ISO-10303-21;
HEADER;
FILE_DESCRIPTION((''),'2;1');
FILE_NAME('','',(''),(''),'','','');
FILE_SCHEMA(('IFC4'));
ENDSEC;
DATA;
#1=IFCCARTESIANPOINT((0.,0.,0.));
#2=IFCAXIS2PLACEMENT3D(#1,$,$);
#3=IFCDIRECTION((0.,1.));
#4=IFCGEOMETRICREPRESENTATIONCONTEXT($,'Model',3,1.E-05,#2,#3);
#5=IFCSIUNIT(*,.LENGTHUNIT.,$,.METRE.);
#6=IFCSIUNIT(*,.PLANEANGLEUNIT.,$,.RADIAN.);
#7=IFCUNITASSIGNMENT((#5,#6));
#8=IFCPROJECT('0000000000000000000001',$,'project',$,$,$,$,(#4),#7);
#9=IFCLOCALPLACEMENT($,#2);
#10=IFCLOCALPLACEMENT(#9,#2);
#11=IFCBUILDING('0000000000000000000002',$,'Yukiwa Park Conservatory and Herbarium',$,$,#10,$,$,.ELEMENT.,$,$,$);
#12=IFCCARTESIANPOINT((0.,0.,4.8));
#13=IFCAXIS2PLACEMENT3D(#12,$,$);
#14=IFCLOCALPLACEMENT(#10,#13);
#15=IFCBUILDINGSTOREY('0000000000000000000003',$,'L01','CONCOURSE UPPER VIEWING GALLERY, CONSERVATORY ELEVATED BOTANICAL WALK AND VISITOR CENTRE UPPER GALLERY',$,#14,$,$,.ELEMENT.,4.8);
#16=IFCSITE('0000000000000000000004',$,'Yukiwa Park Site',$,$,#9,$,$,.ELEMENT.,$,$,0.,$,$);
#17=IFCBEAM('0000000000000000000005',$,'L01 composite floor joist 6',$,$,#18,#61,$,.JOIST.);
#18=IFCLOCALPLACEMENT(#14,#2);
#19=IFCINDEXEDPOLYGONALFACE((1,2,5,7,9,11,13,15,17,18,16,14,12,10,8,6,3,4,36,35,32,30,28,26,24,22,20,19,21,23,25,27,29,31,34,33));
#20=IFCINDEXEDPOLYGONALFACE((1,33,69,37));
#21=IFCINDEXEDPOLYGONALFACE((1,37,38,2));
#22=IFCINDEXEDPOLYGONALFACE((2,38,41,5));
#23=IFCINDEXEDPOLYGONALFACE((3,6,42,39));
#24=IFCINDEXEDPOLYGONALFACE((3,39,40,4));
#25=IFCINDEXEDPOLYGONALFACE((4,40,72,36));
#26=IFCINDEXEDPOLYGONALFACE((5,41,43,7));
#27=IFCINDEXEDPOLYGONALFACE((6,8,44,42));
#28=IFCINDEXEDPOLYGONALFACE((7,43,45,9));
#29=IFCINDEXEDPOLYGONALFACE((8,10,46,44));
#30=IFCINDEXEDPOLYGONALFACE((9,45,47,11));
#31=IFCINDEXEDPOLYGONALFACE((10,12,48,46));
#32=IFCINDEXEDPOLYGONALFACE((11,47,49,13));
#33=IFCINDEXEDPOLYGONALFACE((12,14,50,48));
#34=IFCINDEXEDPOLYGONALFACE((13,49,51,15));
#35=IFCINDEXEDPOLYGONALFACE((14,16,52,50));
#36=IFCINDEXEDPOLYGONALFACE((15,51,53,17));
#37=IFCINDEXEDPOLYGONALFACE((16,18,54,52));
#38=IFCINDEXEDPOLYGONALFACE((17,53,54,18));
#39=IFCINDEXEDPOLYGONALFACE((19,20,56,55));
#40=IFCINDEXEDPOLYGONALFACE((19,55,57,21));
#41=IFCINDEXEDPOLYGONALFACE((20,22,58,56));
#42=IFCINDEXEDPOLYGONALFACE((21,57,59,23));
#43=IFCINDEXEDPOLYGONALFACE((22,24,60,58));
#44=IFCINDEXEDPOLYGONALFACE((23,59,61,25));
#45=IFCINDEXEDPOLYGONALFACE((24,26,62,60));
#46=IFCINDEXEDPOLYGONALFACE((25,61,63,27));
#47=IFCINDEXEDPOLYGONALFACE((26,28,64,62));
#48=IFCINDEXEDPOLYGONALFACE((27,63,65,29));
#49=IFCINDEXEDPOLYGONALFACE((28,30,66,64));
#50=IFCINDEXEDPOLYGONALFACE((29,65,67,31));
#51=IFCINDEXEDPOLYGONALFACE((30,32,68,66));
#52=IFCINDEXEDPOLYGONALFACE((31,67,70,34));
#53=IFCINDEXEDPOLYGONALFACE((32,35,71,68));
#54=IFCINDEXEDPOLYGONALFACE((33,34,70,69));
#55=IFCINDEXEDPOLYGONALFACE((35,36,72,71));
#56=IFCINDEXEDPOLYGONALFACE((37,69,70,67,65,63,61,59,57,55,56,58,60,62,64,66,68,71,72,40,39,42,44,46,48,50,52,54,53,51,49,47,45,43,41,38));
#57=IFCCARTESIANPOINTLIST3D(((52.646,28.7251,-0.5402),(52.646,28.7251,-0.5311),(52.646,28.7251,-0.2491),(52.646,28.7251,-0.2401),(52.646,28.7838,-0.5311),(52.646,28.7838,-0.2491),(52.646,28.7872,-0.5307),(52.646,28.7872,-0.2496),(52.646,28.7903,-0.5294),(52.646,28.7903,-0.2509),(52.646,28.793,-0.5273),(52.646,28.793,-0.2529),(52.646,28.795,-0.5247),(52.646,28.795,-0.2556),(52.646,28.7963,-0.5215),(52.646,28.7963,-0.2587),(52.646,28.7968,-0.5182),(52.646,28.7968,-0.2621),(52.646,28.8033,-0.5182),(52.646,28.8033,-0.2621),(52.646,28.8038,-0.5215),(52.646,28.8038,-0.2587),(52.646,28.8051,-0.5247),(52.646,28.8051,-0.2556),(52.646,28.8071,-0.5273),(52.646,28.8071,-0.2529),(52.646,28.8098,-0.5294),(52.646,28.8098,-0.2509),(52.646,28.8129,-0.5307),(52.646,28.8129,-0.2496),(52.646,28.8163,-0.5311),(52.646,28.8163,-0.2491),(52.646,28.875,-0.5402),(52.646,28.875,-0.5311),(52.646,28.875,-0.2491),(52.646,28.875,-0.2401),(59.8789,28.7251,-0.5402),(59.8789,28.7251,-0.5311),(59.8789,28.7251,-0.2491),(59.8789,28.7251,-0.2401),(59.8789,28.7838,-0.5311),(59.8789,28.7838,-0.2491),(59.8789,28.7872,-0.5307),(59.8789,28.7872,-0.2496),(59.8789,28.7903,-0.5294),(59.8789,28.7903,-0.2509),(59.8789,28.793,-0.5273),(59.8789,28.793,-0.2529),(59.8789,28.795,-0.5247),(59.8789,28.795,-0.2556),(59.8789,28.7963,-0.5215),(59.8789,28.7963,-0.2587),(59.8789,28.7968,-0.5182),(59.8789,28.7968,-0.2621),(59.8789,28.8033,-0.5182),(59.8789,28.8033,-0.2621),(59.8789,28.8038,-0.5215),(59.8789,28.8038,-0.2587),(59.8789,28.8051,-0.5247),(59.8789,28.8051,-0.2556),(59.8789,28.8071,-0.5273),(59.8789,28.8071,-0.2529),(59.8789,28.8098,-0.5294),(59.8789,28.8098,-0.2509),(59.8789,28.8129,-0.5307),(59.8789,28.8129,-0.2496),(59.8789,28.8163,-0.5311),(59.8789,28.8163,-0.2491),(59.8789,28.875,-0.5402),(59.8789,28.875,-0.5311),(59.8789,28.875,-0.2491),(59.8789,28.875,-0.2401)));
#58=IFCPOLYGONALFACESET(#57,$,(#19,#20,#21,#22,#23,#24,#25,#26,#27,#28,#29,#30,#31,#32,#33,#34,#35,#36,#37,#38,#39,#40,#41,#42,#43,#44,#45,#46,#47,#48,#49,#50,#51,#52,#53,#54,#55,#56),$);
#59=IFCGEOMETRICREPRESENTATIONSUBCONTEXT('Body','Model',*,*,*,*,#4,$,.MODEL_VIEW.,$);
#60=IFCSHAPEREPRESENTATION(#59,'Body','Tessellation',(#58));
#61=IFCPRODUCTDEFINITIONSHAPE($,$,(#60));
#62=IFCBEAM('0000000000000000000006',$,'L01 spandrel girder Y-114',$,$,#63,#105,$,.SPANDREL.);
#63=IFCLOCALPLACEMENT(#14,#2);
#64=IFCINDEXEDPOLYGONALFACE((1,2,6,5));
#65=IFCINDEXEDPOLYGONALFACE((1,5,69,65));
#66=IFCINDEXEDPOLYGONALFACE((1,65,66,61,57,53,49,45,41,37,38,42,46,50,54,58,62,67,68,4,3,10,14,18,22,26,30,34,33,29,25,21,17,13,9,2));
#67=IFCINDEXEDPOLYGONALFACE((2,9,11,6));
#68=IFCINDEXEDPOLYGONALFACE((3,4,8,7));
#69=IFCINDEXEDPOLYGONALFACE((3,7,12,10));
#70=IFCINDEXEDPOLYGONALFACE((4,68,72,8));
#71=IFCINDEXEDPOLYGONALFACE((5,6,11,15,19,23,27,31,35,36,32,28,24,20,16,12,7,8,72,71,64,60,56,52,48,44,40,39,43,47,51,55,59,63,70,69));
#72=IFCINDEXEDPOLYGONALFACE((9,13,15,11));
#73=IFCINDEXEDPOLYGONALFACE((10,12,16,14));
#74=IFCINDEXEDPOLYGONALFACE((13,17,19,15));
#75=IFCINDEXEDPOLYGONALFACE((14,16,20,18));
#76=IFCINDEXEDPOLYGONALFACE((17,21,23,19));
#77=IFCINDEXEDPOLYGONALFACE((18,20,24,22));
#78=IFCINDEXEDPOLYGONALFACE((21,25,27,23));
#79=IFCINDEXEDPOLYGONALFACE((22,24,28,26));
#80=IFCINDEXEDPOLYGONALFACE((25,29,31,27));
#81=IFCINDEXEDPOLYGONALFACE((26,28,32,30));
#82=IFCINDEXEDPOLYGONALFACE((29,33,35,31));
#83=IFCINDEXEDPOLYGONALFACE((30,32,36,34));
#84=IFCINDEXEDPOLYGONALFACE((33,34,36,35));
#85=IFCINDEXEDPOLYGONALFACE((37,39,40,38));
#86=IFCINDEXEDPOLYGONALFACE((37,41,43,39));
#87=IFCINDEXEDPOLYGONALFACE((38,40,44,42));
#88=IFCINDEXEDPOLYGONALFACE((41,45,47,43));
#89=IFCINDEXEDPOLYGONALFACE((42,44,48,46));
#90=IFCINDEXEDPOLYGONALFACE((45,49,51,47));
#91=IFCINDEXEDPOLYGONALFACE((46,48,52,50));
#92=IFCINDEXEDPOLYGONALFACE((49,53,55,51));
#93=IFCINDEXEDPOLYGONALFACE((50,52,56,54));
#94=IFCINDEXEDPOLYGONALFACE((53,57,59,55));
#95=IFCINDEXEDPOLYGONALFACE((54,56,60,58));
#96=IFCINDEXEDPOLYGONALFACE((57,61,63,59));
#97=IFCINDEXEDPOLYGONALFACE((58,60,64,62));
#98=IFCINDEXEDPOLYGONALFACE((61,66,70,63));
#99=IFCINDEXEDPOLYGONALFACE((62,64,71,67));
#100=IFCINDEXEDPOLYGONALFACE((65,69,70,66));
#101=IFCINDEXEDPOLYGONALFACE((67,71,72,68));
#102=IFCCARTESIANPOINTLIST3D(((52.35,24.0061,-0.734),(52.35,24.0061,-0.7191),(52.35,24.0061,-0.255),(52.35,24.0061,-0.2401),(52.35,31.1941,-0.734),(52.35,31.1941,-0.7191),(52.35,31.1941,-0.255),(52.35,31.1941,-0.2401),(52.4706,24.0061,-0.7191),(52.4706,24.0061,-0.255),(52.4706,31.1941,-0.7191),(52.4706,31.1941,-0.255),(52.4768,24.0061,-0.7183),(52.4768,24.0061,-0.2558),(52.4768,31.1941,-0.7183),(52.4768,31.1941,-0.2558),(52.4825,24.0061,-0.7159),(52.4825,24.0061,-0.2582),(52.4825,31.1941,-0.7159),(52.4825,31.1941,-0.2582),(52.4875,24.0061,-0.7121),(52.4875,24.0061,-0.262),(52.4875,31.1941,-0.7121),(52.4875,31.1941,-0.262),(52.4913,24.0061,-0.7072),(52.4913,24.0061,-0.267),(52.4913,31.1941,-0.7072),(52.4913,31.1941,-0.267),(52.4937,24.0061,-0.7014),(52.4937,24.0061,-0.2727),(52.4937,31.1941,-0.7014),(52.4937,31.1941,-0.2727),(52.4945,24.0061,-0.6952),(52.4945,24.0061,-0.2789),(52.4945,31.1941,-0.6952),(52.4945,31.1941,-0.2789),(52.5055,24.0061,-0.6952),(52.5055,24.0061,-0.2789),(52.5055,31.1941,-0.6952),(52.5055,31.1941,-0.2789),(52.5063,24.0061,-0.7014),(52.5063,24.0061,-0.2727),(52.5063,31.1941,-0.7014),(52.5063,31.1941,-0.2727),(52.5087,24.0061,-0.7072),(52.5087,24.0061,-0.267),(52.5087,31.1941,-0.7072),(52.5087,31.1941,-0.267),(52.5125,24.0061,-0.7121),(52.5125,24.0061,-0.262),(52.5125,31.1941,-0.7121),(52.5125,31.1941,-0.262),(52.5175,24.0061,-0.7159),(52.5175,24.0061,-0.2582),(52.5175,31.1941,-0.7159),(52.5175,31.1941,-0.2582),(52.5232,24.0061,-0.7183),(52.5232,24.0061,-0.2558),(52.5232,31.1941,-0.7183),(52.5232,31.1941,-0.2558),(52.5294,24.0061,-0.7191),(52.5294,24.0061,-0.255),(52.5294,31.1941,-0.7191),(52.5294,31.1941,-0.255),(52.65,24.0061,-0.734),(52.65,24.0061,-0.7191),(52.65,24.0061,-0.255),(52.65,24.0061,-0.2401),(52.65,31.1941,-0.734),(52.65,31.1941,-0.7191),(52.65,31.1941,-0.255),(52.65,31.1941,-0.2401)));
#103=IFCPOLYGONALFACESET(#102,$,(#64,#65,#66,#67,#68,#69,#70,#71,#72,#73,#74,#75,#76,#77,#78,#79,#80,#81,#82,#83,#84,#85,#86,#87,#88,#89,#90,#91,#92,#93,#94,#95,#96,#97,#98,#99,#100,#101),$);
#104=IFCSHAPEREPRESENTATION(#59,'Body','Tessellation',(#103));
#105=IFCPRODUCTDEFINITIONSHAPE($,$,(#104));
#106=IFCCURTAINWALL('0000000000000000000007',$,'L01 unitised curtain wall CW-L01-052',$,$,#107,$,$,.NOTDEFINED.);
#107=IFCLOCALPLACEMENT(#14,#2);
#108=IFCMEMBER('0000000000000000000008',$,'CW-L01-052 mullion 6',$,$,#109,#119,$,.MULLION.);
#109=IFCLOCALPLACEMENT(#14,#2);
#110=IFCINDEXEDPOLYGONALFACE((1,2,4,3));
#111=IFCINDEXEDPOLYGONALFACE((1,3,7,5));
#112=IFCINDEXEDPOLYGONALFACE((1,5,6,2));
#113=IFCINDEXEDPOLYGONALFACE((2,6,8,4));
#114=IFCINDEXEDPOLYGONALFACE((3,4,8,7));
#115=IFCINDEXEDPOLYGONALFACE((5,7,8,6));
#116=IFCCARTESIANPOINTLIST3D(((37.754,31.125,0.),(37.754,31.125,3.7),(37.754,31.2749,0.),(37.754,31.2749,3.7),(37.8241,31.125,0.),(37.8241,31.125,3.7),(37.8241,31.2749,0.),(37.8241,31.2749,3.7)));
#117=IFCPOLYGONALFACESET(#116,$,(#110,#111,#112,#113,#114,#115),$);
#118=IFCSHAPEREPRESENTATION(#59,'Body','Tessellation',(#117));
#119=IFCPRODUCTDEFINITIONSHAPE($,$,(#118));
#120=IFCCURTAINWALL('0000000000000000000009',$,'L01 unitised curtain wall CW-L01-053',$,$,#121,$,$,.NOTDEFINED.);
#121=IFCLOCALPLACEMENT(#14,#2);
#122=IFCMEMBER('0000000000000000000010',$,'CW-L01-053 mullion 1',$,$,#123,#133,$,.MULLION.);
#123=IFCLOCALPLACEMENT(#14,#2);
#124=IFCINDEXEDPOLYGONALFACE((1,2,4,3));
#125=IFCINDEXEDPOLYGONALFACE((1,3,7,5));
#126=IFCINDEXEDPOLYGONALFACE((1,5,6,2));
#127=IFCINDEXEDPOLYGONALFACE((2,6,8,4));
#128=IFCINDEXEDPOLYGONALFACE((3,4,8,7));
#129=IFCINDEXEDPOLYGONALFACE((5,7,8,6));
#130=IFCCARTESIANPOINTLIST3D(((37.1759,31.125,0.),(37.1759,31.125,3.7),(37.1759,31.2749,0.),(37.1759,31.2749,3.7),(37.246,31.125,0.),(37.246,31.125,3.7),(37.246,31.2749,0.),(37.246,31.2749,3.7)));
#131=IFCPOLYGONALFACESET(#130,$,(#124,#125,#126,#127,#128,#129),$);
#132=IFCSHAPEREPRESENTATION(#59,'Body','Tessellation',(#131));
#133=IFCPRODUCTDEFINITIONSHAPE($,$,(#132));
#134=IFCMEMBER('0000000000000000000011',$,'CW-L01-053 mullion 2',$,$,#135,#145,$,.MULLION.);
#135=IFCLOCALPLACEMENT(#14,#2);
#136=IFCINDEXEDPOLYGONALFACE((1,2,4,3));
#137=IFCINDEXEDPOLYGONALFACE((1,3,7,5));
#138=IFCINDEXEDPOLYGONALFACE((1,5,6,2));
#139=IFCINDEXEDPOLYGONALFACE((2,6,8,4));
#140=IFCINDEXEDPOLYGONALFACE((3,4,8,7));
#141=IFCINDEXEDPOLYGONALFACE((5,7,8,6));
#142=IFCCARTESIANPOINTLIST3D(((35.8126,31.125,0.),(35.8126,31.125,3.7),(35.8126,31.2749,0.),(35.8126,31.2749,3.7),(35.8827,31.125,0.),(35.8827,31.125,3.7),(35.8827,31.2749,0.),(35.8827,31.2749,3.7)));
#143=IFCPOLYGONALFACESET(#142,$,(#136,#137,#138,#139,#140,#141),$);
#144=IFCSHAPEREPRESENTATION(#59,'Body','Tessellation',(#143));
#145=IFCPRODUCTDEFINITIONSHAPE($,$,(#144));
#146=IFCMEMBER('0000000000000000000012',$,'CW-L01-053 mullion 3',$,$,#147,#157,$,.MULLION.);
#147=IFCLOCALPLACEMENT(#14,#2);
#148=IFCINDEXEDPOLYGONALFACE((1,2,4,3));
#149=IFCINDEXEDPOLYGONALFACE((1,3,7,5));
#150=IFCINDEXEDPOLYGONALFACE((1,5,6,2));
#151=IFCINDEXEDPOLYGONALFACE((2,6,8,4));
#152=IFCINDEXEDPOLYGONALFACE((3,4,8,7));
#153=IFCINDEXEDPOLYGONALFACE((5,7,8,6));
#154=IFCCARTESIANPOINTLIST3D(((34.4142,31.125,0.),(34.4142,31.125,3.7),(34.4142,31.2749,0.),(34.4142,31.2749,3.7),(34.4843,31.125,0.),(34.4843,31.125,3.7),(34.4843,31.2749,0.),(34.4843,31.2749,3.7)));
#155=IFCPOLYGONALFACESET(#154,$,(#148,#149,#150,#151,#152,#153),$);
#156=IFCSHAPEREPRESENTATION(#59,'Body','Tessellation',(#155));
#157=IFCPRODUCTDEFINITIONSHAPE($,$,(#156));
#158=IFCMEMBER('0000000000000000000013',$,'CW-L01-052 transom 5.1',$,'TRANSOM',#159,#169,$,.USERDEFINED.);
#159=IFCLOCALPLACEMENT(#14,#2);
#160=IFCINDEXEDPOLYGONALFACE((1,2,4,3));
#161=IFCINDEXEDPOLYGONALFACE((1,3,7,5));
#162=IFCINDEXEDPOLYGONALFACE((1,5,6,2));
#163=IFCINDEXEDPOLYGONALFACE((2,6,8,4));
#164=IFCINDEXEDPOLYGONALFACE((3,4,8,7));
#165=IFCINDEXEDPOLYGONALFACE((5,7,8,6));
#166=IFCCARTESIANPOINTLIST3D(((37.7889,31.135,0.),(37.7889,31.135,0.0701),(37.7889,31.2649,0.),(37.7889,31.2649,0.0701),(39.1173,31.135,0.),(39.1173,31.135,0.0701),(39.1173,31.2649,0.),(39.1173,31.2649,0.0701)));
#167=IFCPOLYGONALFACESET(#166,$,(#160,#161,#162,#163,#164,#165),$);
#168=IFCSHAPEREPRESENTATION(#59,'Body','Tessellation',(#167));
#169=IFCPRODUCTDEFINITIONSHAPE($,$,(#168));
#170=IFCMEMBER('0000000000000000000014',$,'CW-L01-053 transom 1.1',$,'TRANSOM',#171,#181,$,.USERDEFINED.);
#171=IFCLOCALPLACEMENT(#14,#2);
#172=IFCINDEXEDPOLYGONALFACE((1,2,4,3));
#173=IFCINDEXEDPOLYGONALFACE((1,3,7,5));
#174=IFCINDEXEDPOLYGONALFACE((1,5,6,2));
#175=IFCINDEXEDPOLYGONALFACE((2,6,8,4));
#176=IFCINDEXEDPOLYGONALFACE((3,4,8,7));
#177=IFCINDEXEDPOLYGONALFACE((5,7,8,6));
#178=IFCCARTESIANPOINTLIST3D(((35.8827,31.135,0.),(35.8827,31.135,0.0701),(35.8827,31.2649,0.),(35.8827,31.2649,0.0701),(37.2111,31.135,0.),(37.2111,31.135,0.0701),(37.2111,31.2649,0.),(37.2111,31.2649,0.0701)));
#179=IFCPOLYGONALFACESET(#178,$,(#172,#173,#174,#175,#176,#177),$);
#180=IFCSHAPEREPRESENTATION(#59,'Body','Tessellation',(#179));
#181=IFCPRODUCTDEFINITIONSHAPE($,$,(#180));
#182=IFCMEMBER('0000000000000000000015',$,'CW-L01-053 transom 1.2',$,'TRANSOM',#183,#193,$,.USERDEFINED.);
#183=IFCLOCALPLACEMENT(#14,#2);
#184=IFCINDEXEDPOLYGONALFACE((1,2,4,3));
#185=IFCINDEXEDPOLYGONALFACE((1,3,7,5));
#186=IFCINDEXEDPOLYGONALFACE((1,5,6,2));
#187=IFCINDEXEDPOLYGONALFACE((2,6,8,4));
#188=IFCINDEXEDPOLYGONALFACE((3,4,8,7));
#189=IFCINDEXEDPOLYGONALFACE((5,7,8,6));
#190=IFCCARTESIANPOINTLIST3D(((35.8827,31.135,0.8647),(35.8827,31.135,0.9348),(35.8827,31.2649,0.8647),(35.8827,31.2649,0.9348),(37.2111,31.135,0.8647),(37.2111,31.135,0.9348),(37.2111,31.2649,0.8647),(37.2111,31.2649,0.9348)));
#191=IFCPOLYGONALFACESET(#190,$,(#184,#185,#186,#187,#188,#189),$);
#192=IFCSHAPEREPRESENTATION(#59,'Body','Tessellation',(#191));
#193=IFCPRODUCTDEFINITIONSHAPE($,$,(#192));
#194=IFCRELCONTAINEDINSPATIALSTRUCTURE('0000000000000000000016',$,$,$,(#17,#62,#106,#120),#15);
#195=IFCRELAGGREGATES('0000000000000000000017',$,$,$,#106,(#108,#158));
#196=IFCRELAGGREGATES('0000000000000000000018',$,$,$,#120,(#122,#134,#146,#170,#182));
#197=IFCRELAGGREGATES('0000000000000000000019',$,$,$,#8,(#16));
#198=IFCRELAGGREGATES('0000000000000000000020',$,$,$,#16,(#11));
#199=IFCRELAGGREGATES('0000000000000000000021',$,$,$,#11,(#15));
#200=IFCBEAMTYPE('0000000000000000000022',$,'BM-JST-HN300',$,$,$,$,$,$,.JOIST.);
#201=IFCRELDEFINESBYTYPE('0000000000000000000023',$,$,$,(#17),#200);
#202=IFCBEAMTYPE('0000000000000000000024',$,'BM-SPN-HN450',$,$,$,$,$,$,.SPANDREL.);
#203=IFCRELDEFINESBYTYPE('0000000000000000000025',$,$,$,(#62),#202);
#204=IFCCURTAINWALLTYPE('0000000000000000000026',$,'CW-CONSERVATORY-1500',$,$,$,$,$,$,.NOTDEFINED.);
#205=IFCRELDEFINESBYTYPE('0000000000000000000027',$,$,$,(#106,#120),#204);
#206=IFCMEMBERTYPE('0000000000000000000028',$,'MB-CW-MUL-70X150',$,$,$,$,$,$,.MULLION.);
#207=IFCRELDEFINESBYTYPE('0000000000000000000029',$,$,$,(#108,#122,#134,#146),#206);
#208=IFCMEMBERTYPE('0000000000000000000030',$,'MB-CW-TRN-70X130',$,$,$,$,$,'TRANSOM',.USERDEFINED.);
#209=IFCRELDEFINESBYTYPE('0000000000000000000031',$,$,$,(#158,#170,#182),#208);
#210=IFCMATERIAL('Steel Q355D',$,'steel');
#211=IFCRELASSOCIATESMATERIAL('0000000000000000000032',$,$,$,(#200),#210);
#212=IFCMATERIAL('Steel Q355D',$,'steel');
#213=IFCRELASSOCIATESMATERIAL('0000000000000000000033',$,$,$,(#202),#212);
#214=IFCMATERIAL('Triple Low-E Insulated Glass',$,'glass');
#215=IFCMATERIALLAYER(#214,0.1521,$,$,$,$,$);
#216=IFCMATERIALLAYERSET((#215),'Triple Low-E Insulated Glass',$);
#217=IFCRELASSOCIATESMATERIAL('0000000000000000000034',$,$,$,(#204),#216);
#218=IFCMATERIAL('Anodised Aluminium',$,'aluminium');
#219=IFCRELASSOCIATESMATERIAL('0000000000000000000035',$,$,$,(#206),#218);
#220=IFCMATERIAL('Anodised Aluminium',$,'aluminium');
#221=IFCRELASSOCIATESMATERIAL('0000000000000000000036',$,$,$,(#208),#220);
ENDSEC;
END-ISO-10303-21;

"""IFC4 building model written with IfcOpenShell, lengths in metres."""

from ifc_helpers import new_model, si_unit, direction, frame, origin, origin_2d, place, context, subcontext, project, spatial, rectangle, i_section, extrude, material, layer, layer_set, material_profile, profile_set, type_object, element, aggregate, save


model = new_model("IFC4")

# Units and contexts
model_context = context("Model", 3, precision=1e-05, world=origin(), true_north=direction((0.0, 1.0)))
body_context = subcontext(model_context, "Body", "Model", "MODEL_VIEW")
ifc_project = project(units=[si_unit("LENGTHUNIT", "METRE"), si_unit("PLANEANGLEUNIT", "RADIAN")], contexts=[model_context])

# Site, building, storey
site_placement = place(None, origin())
site = spatial("IfcSite", under=ifc_project, at=site_placement, Name="Yukiwa Park Site", CompositionType="ELEMENT", RefElevation=0.0)
building_placement = place(site_placement, origin())
building = spatial("IfcBuilding", under=site, at=building_placement, Name="Yukiwa Park Conservatory and Herbarium", CompositionType="ELEMENT")
storey_placement = place(building_placement, frame((0.0, 0.0, 4.8)))
storey = spatial("IfcBuildingStorey", under=building, at=storey_placement, Name="L01", Description="CONCOURSE UPPER VIEWING GALLERY, CONSERVATORY ELEVATED BOTANICAL WALK AND VISITOR CENTRE UPPER GALLERY", CompositionType="ELEMENT", Elevation=4.8)

# Beams
ifc_material_1 = material(Name="Steel Q355D", Category="steel")
ifc_material_profile_1 = material_profile(ifc_material_1, i_section(OverallWidth=0.1499, OverallDepth=0.3, WebThickness=0.0066, FlangeThickness=0.009, FilletRadius=0.0129, at=origin_2d()), Name="HN 300x150x6.5x9")
ifc_profile_set_1 = profile_set([ifc_material_profile_1], Name="Steel Q355D")
beam_type_1 = type_object("IfcBeamType", Name="BM-JST-HN300", PredefinedType="JOIST", material=ifc_profile_set_1)
for number, where, z_axis, x_axis, name in (
    (1, (52.646, 28.8, -0.3901), (1.0, 0.0, 0.0), (0.0, 1.0, 0.0), "L01 composite floor joist 6"),
):
    element("IfcBeam", number, at=place(storey_placement, frame(where, z_axis=z_axis, x_axis=x_axis)), inside=storey, type_object=beam_type_1, Name=name, PredefinedType="JOIST", context=body_context, shape_type="SweptSolid", body=[
        extrude(i_section(OverallWidth=0.1499, OverallDepth=0.3, WebThickness=0.0066, FlangeThickness=0.009, FilletRadius=0.0129, at=origin_2d()), origin(), (0.0, 0.0, 1.0), 7.2329),
    ])
ifc_material_2 = material(Name="Steel Q355D", Category="steel")
ifc_material_profile_2 = material_profile(ifc_material_2, i_section(OverallWidth=0.3, OverallDepth=0.4939, WebThickness=0.011, FlangeThickness=0.0149, FilletRadius=0.0239, at=origin_2d()), Name="HM 494x300x11x15")
ifc_profile_set_2 = profile_set([ifc_material_profile_2], Name="Steel Q355D")
beam_type_2 = type_object("IfcBeamType", Name="BM-SPN-HN450", PredefinedType="SPANDREL", material=ifc_profile_set_2)
beam_1_placement = place(storey_placement, frame((52.5, 24.0061, -0.4871), z_axis=(0.0, 1.0, 0.0), x_axis=(-1.0, 0.0, 0.0)))
element("IfcBeam", 2, at=beam_1_placement, inside=storey, type_object=beam_type_2, Name="L01 spandrel girder Y-114", PredefinedType="SPANDREL", context=body_context, shape_type="SweptSolid", body=[
    extrude(i_section(OverallWidth=0.3, OverallDepth=0.4939, WebThickness=0.011, FlangeThickness=0.0149, FilletRadius=0.0239, at=origin_2d()), origin(), (0.0, 0.0, 1.0), 7.188),
])

# Curtain wall, member
ifc_material_3 = material(Name="Triple Low-E Insulated Glass", Category="glass")
ifc_layer_1 = layer(ifc_material_3, 0.1521)
ifc_layer_set_1 = layer_set([ifc_layer_1], Name="Triple Low-E Insulated Glass")
curtain_wall_type = type_object("IfcCurtainWallType", Name="CW-CONSERVATORY-1500", PredefinedType="NOTDEFINED", material=ifc_layer_set_1)
curtain_wall_1_placement = place(storey_placement, origin())
curtain_wall_1 = element("IfcCurtainWall", 3, at=curtain_wall_1_placement, inside=storey, type_object=curtain_wall_type, Name="L01 unitised curtain wall CW-L01-052", PredefinedType="NOTDEFINED")
ifc_material_4 = material(Name="Anodised Aluminium", Category="aluminium")
member_type_1 = type_object("IfcMemberType", Name="MB-CW-MUL-70X150", PredefinedType="MULLION", material=ifc_material_4)
member_1_placement = place(storey_placement, frame((37.7891, 31.2, 0.0), z_axis=(0.0, 0.0, 1.0), x_axis=(-1.0, 0.0, 0.0)))
member_1 = element("IfcMember", 4, at=member_1_placement, type_object=member_type_1, Name="CW-L01-052 mullion 6", PredefinedType="MULLION", context=body_context, shape_type="SweptSolid", body=[
    extrude(rectangle(XDim=0.0701, YDim=0.1499, at=origin_2d()), origin(), (0.0, 0.0, 1.0), 3.7),
])

# Curtain wall, members
curtain_wall_2_placement = place(storey_placement, origin())
curtain_wall_2 = element("IfcCurtainWall", 5, at=curtain_wall_2_placement, inside=storey, type_object=curtain_wall_type, Name="L01 unitised curtain wall CW-L01-053", PredefinedType="NOTDEFINED")
member_2_placement = place(storey_placement, frame((37.2109, 31.2, 0.0), z_axis=(0.0, 0.0, 1.0), x_axis=(-1.0, 0.0, 0.0)))
member_2 = element("IfcMember", 6, at=member_2_placement, type_object=member_type_1, Name="CW-L01-053 mullion 1", PredefinedType="MULLION", context=body_context, shape_type="SweptSolid", body=[
    extrude(rectangle(XDim=0.0701, YDim=0.1499, at=origin_2d()), origin(), (0.0, 0.0, 1.0), 3.7),
])
member_3_placement = place(storey_placement, frame((35.8477, 31.2, 0.0), z_axis=(0.0, 0.0, 1.0), x_axis=(-1.0, 0.0, 0.0)))
member_3 = element("IfcMember", 7, at=member_3_placement, type_object=member_type_1, Name="CW-L01-053 mullion 2", PredefinedType="MULLION", context=body_context, shape_type="SweptSolid", body=[
    extrude(rectangle(XDim=0.0701, YDim=0.1499, at=origin_2d()), origin(), (0.0, 0.0, 1.0), 3.7),
])
member_4_placement = place(storey_placement, frame((34.4492, 31.2, 0.0), z_axis=(0.0, 0.0, 1.0), x_axis=(-1.0, 0.0, 0.0)))
member_4 = element("IfcMember", 8, at=member_4_placement, type_object=member_type_1, Name="CW-L01-053 mullion 3", PredefinedType="MULLION", context=body_context, shape_type="SweptSolid", body=[
    extrude(rectangle(XDim=0.0701, YDim=0.1499, at=origin_2d()), origin(), (0.0, 0.0, 1.0), 3.7),
])

# Members
ifc_material_5 = material(Name="Anodised Aluminium", Category="aluminium")
member_type_2 = type_object("IfcMemberType", Name="MB-CW-TRN-70X130", ElementType="TRANSOM", PredefinedType="USERDEFINED", material=ifc_material_5)
member_5_placement = place(storey_placement, frame((38.4531, 31.2, 0.0), z_axis=(0.0, 0.0, 1.0), x_axis=(-1.0, 0.0, 0.0)))
member_5 = element("IfcMember", 9, at=member_5_placement, type_object=member_type_2, Name="CW-L01-052 transom 5.1", ObjectType="TRANSOM", PredefinedType="USERDEFINED", context=body_context, shape_type="SweptSolid", body=[
    extrude(rectangle(XDim=1.3284, YDim=0.1299, at=origin_2d()), origin(), (0.0, 0.0, 1.0), 0.0701),
])
aggregate(curtain_wall_1, [member_1, member_5])
member_6_placement = place(storey_placement, frame((36.5469, 31.2, 0.0), z_axis=(0.0, 0.0, 1.0), x_axis=(-1.0, 0.0, 0.0)))
member_6 = element("IfcMember", 10, at=member_6_placement, type_object=member_type_2, Name="CW-L01-053 transom 1.1", ObjectType="TRANSOM", PredefinedType="USERDEFINED", context=body_context, shape_type="SweptSolid", body=[
    extrude(rectangle(XDim=1.3284, YDim=0.1299, at=origin_2d()), origin(), (0.0, 0.0, 1.0), 0.0701),
])
member_7_placement = place(storey_placement, frame((36.5469, 31.2, 0.8647), z_axis=(0.0, 0.0, 1.0), x_axis=(-1.0, 0.0, 0.0)))
member_7 = element("IfcMember", 11, at=member_7_placement, type_object=member_type_2, Name="CW-L01-053 transom 1.2", ObjectType="TRANSOM", PredefinedType="USERDEFINED", context=body_context, shape_type="SweptSolid", body=[
    extrude(rectangle(XDim=1.3284, YDim=0.1299, at=origin_2d()), origin(), (0.0, 0.0, 1.0), 0.0701),
])

aggregate(curtain_wall_2, [member_2, member_3, member_4, member_6, member_7])

save(model, "model.ifc")
